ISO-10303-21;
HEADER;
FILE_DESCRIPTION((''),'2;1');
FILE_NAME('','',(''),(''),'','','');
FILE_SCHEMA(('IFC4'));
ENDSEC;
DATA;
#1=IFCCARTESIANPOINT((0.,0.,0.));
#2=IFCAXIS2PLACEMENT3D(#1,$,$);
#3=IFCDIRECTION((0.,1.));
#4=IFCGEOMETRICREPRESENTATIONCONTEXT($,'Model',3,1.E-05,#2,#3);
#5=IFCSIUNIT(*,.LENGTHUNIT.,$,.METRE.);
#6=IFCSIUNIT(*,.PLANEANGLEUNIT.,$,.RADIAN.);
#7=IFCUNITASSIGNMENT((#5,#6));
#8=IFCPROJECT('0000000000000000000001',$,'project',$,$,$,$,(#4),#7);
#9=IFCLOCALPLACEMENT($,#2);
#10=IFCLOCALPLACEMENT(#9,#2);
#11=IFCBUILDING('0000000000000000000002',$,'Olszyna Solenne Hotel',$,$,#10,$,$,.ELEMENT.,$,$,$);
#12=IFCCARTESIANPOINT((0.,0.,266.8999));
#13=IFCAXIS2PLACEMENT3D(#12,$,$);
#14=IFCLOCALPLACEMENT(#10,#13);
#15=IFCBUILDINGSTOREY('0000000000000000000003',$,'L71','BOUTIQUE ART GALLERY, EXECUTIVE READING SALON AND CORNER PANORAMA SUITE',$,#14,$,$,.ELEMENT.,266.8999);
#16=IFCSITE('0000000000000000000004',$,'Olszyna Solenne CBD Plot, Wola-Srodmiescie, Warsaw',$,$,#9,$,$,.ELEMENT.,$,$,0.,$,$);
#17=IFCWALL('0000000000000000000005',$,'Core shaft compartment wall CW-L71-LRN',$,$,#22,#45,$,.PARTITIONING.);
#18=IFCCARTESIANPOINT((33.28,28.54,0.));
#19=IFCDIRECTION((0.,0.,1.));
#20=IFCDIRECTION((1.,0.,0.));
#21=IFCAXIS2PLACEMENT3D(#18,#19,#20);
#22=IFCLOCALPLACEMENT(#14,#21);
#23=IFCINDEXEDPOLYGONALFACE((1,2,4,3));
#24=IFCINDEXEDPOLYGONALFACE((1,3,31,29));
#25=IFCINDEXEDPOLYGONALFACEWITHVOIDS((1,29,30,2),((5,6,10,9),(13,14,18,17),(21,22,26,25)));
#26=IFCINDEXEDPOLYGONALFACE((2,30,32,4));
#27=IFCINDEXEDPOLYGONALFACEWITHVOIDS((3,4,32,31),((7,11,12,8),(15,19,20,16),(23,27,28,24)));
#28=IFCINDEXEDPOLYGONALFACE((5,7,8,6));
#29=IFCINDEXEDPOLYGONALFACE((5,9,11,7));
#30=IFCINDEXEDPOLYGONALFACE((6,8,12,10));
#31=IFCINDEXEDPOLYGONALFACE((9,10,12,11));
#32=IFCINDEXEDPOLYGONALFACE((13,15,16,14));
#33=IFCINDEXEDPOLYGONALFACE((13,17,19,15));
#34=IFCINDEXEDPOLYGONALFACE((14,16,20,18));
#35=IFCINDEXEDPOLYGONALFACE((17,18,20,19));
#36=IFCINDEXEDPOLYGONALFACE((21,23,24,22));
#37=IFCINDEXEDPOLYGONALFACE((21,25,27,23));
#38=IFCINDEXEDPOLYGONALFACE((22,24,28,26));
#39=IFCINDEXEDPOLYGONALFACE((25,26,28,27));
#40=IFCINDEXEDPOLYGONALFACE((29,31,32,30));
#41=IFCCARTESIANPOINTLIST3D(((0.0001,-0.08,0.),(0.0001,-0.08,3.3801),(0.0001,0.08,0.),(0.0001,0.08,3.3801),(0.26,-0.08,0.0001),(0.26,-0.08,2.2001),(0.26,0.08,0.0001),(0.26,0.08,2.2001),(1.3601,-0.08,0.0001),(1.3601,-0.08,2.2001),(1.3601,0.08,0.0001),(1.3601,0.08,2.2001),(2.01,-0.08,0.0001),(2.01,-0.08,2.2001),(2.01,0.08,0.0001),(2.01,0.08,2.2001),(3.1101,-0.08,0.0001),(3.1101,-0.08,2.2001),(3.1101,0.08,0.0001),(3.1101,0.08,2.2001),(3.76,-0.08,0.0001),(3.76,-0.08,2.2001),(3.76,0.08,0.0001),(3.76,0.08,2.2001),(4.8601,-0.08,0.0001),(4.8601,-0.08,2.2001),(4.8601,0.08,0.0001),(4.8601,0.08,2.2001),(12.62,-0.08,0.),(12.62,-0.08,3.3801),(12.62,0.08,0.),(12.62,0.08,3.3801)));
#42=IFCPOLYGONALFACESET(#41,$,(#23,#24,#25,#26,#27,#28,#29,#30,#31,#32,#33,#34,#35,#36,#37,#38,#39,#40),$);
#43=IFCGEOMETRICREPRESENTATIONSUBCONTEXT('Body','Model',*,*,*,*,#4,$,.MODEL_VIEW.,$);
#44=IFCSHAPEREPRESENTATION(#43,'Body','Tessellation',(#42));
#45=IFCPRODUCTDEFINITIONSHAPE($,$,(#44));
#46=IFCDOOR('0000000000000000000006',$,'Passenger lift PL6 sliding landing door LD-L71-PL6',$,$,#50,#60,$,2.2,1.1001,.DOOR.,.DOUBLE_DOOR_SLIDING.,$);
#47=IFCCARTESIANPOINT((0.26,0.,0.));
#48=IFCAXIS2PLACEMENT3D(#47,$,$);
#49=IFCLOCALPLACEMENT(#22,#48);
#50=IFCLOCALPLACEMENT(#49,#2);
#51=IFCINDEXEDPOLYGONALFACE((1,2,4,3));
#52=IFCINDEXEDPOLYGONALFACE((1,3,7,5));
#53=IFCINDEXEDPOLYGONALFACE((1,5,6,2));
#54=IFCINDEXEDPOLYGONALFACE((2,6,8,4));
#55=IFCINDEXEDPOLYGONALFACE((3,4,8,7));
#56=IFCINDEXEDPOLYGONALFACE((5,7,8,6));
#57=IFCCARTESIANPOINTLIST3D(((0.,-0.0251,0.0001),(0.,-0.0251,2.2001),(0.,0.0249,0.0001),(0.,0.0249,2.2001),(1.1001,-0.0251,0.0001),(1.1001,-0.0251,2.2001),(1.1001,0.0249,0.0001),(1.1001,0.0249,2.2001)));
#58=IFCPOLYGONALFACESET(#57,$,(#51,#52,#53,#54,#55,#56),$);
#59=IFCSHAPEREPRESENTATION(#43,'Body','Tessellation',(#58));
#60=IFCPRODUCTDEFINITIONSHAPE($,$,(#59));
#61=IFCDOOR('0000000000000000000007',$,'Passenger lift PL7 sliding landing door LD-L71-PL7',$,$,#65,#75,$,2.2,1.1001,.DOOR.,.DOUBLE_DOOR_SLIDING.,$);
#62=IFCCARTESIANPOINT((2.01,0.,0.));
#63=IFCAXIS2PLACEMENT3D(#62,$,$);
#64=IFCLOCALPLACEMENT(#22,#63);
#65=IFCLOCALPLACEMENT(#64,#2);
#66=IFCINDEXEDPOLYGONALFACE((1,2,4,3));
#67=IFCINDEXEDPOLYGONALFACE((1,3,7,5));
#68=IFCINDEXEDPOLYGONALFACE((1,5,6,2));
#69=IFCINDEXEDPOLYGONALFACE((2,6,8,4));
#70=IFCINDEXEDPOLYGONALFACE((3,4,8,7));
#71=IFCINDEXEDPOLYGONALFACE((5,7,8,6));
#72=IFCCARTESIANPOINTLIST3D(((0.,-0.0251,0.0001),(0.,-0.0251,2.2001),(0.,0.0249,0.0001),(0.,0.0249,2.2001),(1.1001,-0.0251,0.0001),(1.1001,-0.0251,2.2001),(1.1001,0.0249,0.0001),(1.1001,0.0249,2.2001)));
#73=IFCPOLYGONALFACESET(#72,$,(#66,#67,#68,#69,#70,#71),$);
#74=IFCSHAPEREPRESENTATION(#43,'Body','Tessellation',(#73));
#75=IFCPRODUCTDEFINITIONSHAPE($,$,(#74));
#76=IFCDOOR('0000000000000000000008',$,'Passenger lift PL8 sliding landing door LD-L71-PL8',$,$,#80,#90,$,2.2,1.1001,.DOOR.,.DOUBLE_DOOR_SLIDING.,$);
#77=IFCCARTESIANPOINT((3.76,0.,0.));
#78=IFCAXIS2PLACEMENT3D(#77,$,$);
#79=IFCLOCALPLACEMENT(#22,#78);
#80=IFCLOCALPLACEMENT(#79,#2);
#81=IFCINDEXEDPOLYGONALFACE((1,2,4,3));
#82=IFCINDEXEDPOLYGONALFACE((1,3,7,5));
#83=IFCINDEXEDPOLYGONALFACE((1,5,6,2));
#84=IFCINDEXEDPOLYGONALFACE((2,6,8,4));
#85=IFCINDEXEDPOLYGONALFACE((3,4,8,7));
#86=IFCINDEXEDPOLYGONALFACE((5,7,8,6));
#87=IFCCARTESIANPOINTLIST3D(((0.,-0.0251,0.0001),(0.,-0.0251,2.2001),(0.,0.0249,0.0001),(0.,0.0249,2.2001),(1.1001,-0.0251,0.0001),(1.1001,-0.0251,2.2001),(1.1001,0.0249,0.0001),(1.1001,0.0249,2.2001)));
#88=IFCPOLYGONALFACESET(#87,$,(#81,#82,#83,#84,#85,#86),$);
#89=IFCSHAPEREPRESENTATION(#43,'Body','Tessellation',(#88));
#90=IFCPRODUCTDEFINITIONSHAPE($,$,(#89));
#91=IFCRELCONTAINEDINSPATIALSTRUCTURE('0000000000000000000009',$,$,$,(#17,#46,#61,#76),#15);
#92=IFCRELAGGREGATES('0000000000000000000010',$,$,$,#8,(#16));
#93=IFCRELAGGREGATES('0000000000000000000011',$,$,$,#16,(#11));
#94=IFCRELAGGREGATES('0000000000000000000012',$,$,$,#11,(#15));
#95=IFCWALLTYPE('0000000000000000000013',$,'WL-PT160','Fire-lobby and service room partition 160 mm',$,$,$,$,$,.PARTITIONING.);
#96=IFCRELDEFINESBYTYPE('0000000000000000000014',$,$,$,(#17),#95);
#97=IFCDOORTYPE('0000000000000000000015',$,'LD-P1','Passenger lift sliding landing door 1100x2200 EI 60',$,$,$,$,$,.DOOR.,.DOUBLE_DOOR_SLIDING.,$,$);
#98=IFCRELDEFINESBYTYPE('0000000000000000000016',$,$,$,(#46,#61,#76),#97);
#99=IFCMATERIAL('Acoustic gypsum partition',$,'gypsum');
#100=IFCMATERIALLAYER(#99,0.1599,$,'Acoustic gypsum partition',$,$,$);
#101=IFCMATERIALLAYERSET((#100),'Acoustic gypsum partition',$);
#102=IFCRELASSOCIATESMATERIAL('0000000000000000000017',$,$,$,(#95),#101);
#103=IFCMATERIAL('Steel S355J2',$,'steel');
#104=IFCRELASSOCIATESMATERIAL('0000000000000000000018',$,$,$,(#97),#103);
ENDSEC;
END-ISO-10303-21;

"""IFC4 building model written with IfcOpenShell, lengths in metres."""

from ifc_helpers import new_model, si_unit, direction, frame, frame_2d, origin, place, context, subcontext, project, spatial, rectangle, extrude, source, transform, mapped, material, layer, layer_set, type_object, type_shapes, element, fill, save


model = new_model("IFC4")

# Units and contexts
model_context = context("Model", 3, precision=1e-05, world=origin(), true_north=direction((0.0, 1.0)))
body_context = subcontext(model_context, "Body", "Model", "MODEL_VIEW")
ifc_project = project(units=[si_unit("LENGTHUNIT", "METRE"), si_unit("PLANEANGLEUNIT", "RADIAN")], contexts=[model_context])

# Site, building, storey
site_placement = place(None, origin())
site = spatial("IfcSite", under=ifc_project, at=site_placement, Name="Olszyna Solenne CBD Plot, Wola-Srodmiescie, Warsaw", CompositionType="ELEMENT", RefElevation=0.0)
building_placement = place(site_placement, origin())
building = spatial("IfcBuilding", under=site, at=building_placement, Name="Olszyna Solenne Hotel", CompositionType="ELEMENT")
storey_placement = place(building_placement, frame((0.0, 0.0, 266.8999)))
storey = spatial("IfcBuildingStorey", under=building, at=storey_placement, Name="L71", Description="BOUTIQUE ART GALLERY, EXECUTIVE READING SALON AND CORNER PANORAMA SUITE", CompositionType="ELEMENT", Elevation=266.8999)

# Shared definitions
ifc_material_1 = material(Name="Steel S355J2", Category="steel")

# Shared definitions
ifc_material_2 = material(Name="Acoustic gypsum partition", Category="gypsum")
ifc_layer_1 = layer(ifc_material_2, 0.1599, Name="Acoustic gypsum partition")
ifc_layer_set_1 = layer_set([ifc_layer_1], Name="Acoustic gypsum partition")
wall_type_1 = type_object("IfcWallType", Name="WL-PT160", Description="Fire-lobby and service room partition 160 mm", PredefinedType="PARTITIONING", material=ifc_layer_set_1)

# Shared definitions
door_type_1 = type_object("IfcDoorType", Name="LD-P1", Description="Passenger lift sliding landing door 1100x2200 EI 60", OperationType="DOUBLE_DOOR_SLIDING", PredefinedType="DOOR", material=ifc_material_1)
shared_shape_1 = source(origin(), body_context, "Body", "SweptSolid", [
    extrude(rectangle(XDim=1.1001, YDim=2.2, at=frame_2d((0.55, 1.1001))), frame((0.0, 0.0249, 0.0), z_axis=(0.0, -1.0, 0.0), x_axis=(1.0, 0.0, 0.0)), (0.0, 0.0, 1.0), 0.05),
])
type_shapes(door_type_1, [shared_shape_1])

# Wall, openings, doors
wall_1_placement = place(storey_placement, frame((33.28, 28.54, 0.0), z_axis=(0.0, 0.0, 1.0), x_axis=(1.0, 0.0, 0.0)))
wall_1 = element("IfcWall", 1, at=wall_1_placement, inside=storey, type_object=wall_type_1, Name="Core shaft compartment wall CW-L71-LRN", PredefinedType="PARTITIONING", context=body_context, shape_type="SweptSolid", body=[
    extrude(rectangle(XDim=12.6199, YDim=0.1599, at=frame_2d((6.3101, 0.0))), origin(), (0.0, 0.0, 1.0), 3.3801),
])
opening_1_placement = place(wall_1_placement, frame((0.26, 0.0, 0.0)))
opening_1 = element("IfcOpeningElement", 2, at=opening_1_placement, cuts=wall_1, PredefinedType="OPENING", context=body_context, shape_type="SweptSolid", body=[
    extrude(rectangle(XDim=1.1001, YDim=2.2, at=frame_2d((0.55, 1.1001))), frame((0.0, 0.0898, 0.0), z_axis=(0.0, -1.0, 0.0), x_axis=(1.0, 0.0, 0.0)), (0.0, 0.0, 1.0), 0.1799),
])
opening_2_placement = place(wall_1_placement, frame((2.01, 0.0, 0.0)))
opening_2 = element("IfcOpeningElement", 3, at=opening_2_placement, cuts=wall_1, PredefinedType="OPENING", context=body_context, shape_type="SweptSolid", body=[
    extrude(rectangle(XDim=1.1001, YDim=2.2, at=frame_2d((0.55, 1.1001))), frame((0.0, 0.0898, 0.0), z_axis=(0.0, -1.0, 0.0), x_axis=(1.0, 0.0, 0.0)), (0.0, 0.0, 1.0), 0.1799),
])
opening_3_placement = place(wall_1_placement, frame((3.76, 0.0, 0.0)))
opening_3 = element("IfcOpeningElement", 4, at=opening_3_placement, cuts=wall_1, PredefinedType="OPENING", context=body_context, shape_type="SweptSolid", body=[
    extrude(rectangle(XDim=1.1001, YDim=2.2, at=frame_2d((0.55, 1.1001))), frame((0.0, 0.0898, 0.0), z_axis=(0.0, -1.0, 0.0), x_axis=(1.0, 0.0, 0.0)), (0.0, 0.0, 1.0), 0.1799),
])
door_1_placement = place(opening_1_placement, origin())
door_1 = element("IfcDoor", 5, at=door_1_placement, inside=storey, type_object=door_type_1, Name="Passenger lift PL6 sliding landing door LD-L71-PL6", OperationType="DOUBLE_DOOR_SLIDING", OverallHeight=2.2, OverallWidth=1.1001, PredefinedType="DOOR", context=body_context, shape_type="MappedRepresentation", body=[
    mapped(shared_shape_1, transform((0.0, 0.0, 0.0), x_axis=(1.0, 0.0, 0.0), y_axis=(0.0, 1.0, 0.0), z_axis=(0.0, 0.0, 1.0), scale=1.0)),
])
fill(opening_1, door_1)
door_2_placement = place(opening_2_placement, origin())
door_2 = element("IfcDoor", 6, at=door_2_placement, inside=storey, type_object=door_type_1, Name="Passenger lift PL7 sliding landing door LD-L71-PL7", OperationType="DOUBLE_DOOR_SLIDING", OverallHeight=2.2, OverallWidth=1.1001, PredefinedType="DOOR", context=body_context, shape_type="MappedRepresentation", body=[
    mapped(shared_shape_1, transform((0.0, 0.0, 0.0), x_axis=(1.0, 0.0, 0.0), y_axis=(0.0, 1.0, 0.0), z_axis=(0.0, 0.0, 1.0), scale=1.0)),
])
fill(opening_2, door_2)
door_3_placement = place(opening_3_placement, origin())
door_3 = element("IfcDoor", 7, at=door_3_placement, inside=storey, type_object=door_type_1, Name="Passenger lift PL8 sliding landing door LD-L71-PL8", OperationType="DOUBLE_DOOR_SLIDING", OverallHeight=2.2, OverallWidth=1.1001, PredefinedType="DOOR", context=body_context, shape_type="MappedRepresentation", body=[
    mapped(shared_shape_1, transform((0.0, 0.0, 0.0), x_axis=(1.0, 0.0, 0.0), y_axis=(0.0, 1.0, 0.0), z_axis=(0.0, 0.0, 1.0), scale=1.0)),
])
fill(opening_3, door_3)

save(model, "model.ifc")
